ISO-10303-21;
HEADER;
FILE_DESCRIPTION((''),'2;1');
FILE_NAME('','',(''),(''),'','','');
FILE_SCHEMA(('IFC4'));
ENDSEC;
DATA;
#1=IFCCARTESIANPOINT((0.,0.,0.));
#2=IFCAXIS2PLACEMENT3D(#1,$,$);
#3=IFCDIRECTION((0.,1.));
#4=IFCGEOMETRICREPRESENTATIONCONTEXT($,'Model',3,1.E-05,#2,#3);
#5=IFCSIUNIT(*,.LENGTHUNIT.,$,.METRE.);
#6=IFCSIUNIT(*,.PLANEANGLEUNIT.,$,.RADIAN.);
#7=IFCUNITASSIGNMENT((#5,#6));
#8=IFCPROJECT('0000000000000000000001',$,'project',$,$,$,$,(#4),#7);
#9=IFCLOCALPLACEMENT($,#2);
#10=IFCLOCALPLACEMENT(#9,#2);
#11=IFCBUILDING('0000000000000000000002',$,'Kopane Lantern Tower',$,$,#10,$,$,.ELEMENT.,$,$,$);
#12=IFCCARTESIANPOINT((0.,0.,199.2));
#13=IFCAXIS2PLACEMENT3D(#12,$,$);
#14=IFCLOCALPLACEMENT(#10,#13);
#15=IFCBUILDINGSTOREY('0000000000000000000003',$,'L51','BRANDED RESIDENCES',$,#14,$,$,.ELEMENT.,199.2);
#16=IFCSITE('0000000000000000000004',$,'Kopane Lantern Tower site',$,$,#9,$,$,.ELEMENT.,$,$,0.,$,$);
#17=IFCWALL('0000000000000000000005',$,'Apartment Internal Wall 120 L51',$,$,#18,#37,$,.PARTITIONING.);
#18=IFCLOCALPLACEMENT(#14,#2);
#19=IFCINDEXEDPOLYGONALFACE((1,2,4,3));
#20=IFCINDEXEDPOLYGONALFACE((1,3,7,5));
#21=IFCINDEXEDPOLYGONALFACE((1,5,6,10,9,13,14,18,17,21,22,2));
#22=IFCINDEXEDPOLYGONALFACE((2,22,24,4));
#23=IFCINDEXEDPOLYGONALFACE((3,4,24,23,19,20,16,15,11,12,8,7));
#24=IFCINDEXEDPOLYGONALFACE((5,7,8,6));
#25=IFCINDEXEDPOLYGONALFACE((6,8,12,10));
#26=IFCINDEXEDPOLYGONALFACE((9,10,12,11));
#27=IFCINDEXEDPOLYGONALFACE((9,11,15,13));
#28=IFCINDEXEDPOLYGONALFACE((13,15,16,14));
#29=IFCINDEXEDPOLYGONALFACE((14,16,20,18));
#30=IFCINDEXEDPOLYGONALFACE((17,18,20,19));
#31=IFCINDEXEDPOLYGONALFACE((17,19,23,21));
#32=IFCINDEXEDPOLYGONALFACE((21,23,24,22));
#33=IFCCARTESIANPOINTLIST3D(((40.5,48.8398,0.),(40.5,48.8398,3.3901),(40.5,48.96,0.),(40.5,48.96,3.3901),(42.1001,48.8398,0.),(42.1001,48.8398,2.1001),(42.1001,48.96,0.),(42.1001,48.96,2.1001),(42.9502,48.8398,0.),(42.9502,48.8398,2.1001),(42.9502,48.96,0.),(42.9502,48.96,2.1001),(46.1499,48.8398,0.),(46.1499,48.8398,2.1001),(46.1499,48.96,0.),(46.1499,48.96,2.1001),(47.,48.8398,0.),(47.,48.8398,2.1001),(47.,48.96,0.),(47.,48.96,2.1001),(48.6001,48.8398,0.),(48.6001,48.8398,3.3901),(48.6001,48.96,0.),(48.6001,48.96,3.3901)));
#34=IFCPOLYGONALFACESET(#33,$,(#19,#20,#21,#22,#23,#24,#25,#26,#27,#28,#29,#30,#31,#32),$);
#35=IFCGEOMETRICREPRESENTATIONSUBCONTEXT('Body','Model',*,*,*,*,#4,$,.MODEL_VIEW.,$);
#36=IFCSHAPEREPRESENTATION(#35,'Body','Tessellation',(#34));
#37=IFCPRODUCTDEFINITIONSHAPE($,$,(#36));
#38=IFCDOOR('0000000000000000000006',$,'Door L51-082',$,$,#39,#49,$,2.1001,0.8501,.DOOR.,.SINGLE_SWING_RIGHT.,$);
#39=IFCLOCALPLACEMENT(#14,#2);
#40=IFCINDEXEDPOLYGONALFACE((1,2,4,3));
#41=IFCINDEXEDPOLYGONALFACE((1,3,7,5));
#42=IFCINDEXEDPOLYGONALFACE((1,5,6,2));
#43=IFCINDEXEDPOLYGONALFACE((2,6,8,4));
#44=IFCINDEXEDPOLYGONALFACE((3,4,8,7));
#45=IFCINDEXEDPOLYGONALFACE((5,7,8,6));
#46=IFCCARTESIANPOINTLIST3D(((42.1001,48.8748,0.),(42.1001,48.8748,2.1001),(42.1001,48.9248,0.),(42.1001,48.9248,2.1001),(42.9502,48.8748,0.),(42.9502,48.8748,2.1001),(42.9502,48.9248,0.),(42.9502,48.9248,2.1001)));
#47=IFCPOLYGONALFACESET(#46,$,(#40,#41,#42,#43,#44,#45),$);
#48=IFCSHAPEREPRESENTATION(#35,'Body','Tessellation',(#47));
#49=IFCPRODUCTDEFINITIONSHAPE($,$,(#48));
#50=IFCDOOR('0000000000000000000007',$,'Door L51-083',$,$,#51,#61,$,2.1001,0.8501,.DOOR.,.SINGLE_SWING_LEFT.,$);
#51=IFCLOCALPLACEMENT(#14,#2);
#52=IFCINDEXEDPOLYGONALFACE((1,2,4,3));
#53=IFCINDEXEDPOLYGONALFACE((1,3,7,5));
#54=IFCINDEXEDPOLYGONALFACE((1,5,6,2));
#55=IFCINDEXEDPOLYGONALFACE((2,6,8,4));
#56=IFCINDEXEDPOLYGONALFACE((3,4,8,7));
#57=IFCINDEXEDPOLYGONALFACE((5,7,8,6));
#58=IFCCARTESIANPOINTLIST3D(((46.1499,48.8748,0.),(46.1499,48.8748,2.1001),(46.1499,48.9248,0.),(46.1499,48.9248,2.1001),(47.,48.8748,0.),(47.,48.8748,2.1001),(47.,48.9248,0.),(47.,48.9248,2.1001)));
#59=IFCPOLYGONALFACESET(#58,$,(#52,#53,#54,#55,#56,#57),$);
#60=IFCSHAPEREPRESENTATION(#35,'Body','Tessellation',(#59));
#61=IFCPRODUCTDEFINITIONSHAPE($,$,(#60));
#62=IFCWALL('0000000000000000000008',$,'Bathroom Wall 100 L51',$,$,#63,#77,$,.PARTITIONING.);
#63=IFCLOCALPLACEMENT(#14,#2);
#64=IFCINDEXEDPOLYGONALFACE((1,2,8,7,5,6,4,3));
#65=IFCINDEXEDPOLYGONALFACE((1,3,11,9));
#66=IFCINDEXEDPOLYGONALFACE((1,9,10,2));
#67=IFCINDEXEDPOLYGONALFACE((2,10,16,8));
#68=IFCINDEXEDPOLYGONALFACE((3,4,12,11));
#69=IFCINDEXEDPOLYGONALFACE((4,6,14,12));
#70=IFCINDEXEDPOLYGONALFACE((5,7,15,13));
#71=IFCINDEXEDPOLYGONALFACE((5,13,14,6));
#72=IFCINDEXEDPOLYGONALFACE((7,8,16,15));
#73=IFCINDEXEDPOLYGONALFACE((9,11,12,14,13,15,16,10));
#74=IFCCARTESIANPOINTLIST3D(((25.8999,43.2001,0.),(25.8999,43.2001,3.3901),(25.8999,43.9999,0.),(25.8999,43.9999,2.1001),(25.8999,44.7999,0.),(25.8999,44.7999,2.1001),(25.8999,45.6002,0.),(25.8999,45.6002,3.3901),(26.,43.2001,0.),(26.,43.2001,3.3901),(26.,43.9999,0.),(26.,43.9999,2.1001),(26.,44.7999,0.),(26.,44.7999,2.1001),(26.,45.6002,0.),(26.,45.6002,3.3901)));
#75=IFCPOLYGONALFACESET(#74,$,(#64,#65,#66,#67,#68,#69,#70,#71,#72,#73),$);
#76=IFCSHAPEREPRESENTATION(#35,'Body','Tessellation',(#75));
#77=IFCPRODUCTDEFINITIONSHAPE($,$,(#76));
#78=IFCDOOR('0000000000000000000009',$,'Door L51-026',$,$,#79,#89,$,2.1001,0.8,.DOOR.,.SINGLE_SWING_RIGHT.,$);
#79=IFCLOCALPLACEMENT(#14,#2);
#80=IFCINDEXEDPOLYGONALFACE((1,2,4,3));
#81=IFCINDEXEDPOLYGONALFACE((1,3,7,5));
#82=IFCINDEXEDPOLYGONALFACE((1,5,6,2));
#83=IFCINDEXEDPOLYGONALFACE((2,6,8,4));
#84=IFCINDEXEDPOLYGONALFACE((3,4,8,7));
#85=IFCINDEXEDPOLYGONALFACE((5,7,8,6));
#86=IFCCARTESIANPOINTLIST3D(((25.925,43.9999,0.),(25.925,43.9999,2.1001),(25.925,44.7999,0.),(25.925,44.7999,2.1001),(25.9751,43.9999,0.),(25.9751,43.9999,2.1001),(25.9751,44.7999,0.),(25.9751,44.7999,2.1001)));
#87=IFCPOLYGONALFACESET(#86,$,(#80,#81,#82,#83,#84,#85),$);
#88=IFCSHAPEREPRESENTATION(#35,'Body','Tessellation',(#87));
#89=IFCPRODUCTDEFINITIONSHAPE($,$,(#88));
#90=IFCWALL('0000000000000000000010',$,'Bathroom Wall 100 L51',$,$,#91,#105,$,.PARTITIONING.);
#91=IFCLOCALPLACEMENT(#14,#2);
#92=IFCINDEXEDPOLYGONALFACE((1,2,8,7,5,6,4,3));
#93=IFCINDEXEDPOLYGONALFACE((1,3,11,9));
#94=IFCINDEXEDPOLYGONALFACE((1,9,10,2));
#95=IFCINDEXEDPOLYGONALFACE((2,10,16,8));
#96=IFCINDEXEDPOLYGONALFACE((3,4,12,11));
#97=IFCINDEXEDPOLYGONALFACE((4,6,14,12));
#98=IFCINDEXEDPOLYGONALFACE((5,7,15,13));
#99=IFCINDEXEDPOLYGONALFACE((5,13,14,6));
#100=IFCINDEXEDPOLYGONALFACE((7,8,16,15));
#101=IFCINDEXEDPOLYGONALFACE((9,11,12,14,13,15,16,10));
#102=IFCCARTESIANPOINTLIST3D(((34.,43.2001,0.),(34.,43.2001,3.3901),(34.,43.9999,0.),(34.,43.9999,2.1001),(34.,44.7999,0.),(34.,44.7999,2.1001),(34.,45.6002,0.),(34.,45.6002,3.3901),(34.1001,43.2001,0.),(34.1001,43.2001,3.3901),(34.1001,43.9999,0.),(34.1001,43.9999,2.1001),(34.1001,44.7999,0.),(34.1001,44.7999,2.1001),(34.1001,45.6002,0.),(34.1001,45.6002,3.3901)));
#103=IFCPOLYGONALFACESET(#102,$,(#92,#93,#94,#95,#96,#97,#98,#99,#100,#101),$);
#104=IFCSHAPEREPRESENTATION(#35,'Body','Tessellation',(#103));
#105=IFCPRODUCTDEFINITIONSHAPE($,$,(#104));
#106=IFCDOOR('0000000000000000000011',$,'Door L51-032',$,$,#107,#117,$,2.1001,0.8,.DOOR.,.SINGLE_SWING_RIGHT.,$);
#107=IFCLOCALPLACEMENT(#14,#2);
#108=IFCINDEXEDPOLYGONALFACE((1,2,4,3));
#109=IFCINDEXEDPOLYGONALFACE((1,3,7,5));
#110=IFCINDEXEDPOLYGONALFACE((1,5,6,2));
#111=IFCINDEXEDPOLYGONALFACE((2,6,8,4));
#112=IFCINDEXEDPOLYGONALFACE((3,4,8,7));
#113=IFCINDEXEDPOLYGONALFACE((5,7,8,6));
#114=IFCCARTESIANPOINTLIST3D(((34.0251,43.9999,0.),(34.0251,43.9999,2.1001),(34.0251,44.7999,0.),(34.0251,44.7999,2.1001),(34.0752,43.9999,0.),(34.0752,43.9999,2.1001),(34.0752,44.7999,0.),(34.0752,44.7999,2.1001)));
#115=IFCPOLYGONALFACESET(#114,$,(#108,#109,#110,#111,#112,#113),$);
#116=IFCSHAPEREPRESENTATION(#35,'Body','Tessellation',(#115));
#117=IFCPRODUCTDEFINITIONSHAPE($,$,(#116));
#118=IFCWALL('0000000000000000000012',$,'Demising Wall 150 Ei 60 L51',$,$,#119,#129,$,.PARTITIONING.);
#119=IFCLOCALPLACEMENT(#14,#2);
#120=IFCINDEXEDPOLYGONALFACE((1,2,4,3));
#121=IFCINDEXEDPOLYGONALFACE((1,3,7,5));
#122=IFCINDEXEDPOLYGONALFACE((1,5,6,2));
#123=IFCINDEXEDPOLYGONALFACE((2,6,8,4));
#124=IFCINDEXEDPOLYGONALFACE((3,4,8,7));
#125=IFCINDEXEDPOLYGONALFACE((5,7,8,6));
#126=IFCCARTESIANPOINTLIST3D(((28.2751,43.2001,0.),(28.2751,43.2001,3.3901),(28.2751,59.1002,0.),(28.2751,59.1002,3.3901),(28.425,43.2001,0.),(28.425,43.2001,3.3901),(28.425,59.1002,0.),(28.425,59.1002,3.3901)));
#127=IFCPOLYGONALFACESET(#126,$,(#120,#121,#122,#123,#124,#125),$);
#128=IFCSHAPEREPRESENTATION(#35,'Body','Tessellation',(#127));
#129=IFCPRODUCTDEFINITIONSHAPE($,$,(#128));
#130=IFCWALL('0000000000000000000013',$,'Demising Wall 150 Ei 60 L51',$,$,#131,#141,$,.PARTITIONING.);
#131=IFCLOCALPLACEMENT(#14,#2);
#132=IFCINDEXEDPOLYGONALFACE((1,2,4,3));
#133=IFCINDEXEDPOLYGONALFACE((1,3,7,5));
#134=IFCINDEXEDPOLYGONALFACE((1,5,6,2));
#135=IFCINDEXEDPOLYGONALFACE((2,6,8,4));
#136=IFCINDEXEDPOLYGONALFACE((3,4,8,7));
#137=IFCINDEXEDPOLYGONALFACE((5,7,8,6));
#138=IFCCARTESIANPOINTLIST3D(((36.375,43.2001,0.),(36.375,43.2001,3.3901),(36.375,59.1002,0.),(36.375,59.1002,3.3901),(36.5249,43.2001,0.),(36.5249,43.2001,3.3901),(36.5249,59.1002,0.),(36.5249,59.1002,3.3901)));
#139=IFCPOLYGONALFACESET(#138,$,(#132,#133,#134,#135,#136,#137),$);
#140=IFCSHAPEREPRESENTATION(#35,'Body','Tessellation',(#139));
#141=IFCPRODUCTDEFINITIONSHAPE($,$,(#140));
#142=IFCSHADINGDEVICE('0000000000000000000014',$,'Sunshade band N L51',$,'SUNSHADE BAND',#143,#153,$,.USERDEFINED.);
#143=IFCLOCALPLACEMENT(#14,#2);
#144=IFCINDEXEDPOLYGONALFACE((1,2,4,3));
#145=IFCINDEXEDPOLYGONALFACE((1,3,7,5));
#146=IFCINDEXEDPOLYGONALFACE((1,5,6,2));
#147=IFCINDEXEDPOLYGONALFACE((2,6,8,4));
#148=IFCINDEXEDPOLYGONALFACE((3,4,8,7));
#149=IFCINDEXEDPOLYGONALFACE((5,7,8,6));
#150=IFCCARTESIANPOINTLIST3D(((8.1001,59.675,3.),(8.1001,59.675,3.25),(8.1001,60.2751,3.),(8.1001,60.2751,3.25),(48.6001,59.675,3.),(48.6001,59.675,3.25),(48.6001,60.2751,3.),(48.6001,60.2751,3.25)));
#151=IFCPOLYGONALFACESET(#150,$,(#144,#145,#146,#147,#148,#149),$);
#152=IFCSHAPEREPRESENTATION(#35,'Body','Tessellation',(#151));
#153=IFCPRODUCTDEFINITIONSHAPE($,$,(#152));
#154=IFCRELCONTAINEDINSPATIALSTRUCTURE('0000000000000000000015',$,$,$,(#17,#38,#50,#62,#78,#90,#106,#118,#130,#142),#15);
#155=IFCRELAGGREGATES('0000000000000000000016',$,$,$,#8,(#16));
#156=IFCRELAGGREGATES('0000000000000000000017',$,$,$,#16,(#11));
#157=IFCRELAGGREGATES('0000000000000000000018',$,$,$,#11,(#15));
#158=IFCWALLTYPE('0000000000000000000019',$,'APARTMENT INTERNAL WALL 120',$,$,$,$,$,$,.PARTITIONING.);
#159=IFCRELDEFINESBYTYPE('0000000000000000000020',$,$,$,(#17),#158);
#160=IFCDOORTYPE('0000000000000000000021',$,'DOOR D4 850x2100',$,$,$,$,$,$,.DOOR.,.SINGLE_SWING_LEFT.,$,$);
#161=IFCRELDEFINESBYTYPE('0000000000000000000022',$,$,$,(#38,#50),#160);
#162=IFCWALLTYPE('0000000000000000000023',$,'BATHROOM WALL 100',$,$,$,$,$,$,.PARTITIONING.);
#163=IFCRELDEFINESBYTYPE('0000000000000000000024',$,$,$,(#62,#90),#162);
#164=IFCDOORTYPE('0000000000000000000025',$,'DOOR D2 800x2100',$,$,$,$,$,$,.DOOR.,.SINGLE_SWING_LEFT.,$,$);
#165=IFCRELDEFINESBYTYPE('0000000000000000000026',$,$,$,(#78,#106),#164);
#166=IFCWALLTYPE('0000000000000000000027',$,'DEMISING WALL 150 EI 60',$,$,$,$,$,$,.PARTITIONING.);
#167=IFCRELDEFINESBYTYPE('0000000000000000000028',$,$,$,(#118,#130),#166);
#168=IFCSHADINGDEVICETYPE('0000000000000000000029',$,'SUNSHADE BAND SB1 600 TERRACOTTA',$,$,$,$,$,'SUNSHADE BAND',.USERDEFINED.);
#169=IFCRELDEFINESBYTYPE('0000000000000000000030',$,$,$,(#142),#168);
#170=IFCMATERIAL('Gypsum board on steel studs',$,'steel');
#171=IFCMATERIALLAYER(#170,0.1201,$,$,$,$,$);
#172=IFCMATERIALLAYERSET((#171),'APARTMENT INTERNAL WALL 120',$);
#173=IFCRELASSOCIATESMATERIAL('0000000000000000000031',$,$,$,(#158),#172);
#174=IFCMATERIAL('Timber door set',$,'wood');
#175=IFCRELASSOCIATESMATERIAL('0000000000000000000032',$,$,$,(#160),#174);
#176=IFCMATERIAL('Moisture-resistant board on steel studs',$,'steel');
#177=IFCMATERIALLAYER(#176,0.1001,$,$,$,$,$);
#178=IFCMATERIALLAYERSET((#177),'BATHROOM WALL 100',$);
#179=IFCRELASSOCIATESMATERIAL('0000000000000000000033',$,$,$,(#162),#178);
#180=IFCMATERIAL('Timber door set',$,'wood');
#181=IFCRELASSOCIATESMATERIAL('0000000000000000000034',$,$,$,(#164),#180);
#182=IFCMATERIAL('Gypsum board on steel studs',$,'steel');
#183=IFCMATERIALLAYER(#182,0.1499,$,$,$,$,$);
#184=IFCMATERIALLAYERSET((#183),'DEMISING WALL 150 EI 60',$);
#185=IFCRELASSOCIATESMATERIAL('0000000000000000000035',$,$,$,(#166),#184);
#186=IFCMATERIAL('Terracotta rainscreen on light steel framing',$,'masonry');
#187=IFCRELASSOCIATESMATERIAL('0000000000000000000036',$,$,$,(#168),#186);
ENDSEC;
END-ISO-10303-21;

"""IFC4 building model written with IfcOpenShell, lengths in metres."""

from ifc_helpers import new_model, si_unit, direction, frame, frame_2d, origin, origin_2d, place, context, subcontext, project, spatial, rectangle, extrude, material, layer, layer_set, type_object, element, fill, save


model = new_model("IFC4")

# Units and contexts
model_context = context("Model", 3, precision=1e-05, world=origin(), true_north=direction((0.0, 1.0)))
body_context = subcontext(model_context, "Body", "Model", "MODEL_VIEW")
ifc_project = project(units=[si_unit("LENGTHUNIT", "METRE"), si_unit("PLANEANGLEUNIT", "RADIAN")], contexts=[model_context])

# Site, building, storey
site_placement = place(None, origin())
site = spatial("IfcSite", under=ifc_project, at=site_placement, Name="Kopane Lantern Tower site", CompositionType="ELEMENT", RefElevation=0.0)
building_placement = place(site_placement, origin())
building = spatial("IfcBuilding", under=site, at=building_placement, Name="Kopane Lantern Tower", CompositionType="ELEMENT")
storey_placement = place(building_placement, frame((0.0, 0.0, 199.2)))
storey = spatial("IfcBuildingStorey", under=building, at=storey_placement, Name="L51", Description="BRANDED RESIDENCES", CompositionType="ELEMENT", Elevation=199.2)

# Shared definitions
ifc_material_1 = material(Name="Gypsum board on steel studs", Category="steel")
ifc_layer_1 = layer(ifc_material_1, 0.1201)
ifc_layer_set_1 = layer_set([ifc_layer_1], Name="APARTMENT INTERNAL WALL 120")
wall_type_1 = type_object("IfcWallType", Name="APARTMENT INTERNAL WALL 120", PredefinedType="PARTITIONING", material=ifc_layer_set_1)

# Shared definitions
ifc_material_2 = material(Name="Timber door set", Category="wood")
door_type_1 = type_object("IfcDoorType", Name="DOOR D4 850x2100", OperationType="SINGLE_SWING_LEFT", PredefinedType="DOOR", material=ifc_material_2)

# Wall, openings, doors
wall_1_placement = place(storey_placement, frame((40.5, 48.8999, 0.0), z_axis=(0.0, 0.0, 1.0), x_axis=(1.0, 0.0, 0.0)))
wall_1 = element("IfcWall", 1, at=wall_1_placement, inside=storey, type_object=wall_type_1, Name="Apartment Internal Wall 120 L51", PredefinedType="PARTITIONING", context=body_context, shape_type="SweptSolid", body=[
    extrude(rectangle(XDim=8.1001, YDim=0.1201, at=frame_2d((4.05, 0.0))), origin(), (0.0, 0.0, 1.0), 3.3901),
])
opening_1_placement = place(wall_1_placement, frame((1.6001, 0.0, 0.0)))
opening_1 = element("IfcOpeningElement", 2, at=opening_1_placement, cuts=wall_1, PredefinedType="OPENING", context=body_context, shape_type="SweptSolid", body=[
    extrude(rectangle(XDim=0.8501, YDim=2.1001, at=frame_2d((0.425, 1.05))), frame((0.0, 0.0701, 0.0), z_axis=(0.0, -1.0, 0.0), x_axis=(1.0, 0.0, 0.0)), (0.0, 0.0, 1.0), 0.1401),
])
opening_2_placement = place(wall_1_placement, frame((5.6499, 0.0, 0.0)))
opening_2 = element("IfcOpeningElement", 3, at=opening_2_placement, cuts=wall_1, PredefinedType="OPENING", context=body_context, shape_type="SweptSolid", body=[
    extrude(rectangle(XDim=0.8501, YDim=2.1001, at=frame_2d((0.425, 1.05))), frame((0.0, 0.0701, 0.0), z_axis=(0.0, -1.0, 0.0), x_axis=(1.0, 0.0, 0.0)), (0.0, 0.0, 1.0), 0.1401),
])
door_1_placement = place(opening_1_placement, origin())
door_1 = element("IfcDoor", 4, at=door_1_placement, inside=storey, type_object=door_type_1, Name="Door L51-082", OperationType="SINGLE_SWING_RIGHT", OverallHeight=2.1001, OverallWidth=0.8501, PredefinedType="DOOR", context=body_context, shape_type="SweptSolid", body=[
    extrude(rectangle(XDim=0.8501, YDim=2.1001, at=frame_2d((0.425, 1.05))), frame((0.0, 0.0249, 0.0), z_axis=(0.0, -1.0, 0.0), x_axis=(1.0, 0.0, 0.0)), (0.0, 0.0, 1.0), 0.05),
])
fill(opening_1, door_1)
door_2_placement = place(opening_2_placement, origin())
door_2 = element("IfcDoor", 5, at=door_2_placement, inside=storey, type_object=door_type_1, Name="Door L51-083", OperationType="SINGLE_SWING_LEFT", OverallHeight=2.1001, OverallWidth=0.8501, PredefinedType="DOOR", context=body_context, shape_type="SweptSolid", body=[
    extrude(rectangle(XDim=0.8501, YDim=2.1001, at=frame_2d((0.425, 1.05))), frame((0.0, 0.0249, 0.0), z_axis=(0.0, -1.0, 0.0), x_axis=(1.0, 0.0, 0.0)), (0.0, 0.0, 1.0), 0.05),
])
fill(opening_2, door_2)

# Walls, openings, doors
ifc_material_3 = material(Name="Moisture-resistant board on steel studs", Category="steel")
ifc_layer_2 = layer(ifc_material_3, 0.1001)
ifc_layer_set_2 = layer_set([ifc_layer_2], Name="BATHROOM WALL 100")
wall_type_2 = type_object("IfcWallType", Name="BATHROOM WALL 100", PredefinedType="PARTITIONING", material=ifc_layer_set_2)
wall_2_placement = place(storey_placement, frame((25.95, 43.2, 0.0), z_axis=(0.0, 0.0, 1.0), x_axis=(0.0, 1.0, 0.0)))
wall_2 = element("IfcWall", 6, at=wall_2_placement, inside=storey, type_object=wall_type_2, Name="Bathroom Wall 100 L51", PredefinedType="PARTITIONING", context=body_context, shape_type="SweptSolid", body=[
    extrude(rectangle(XDim=2.4001, YDim=0.1001, at=frame_2d((1.2002, 0.0))), origin(), (0.0, 0.0, 1.0), 3.3901),
])
opening_3_placement = place(wall_2_placement, frame((0.8, 0.0, 0.0)))
opening_3 = element("IfcOpeningElement", 7, at=opening_3_placement, cuts=wall_2, PredefinedType="OPENING", context=body_context, shape_type="SweptSolid", body=[
    extrude(rectangle(XDim=0.8, YDim=2.1001, at=frame_2d((0.3999, 1.05))), frame((0.0, 0.0601, 0.0), z_axis=(0.0, -1.0, 0.0), x_axis=(1.0, 0.0, 0.0)), (0.0, 0.0, 1.0), 0.1201),
])
ifc_material_4 = material(Name="Timber door set", Category="wood")
door_type_2 = type_object("IfcDoorType", Name="DOOR D2 800x2100", OperationType="SINGLE_SWING_LEFT", PredefinedType="DOOR", material=ifc_material_4)
door_3_placement = place(opening_3_placement, origin())
door_3 = element("IfcDoor", 8, at=door_3_placement, inside=storey, type_object=door_type_2, Name="Door L51-026", OperationType="SINGLE_SWING_RIGHT", OverallHeight=2.1001, OverallWidth=0.8, PredefinedType="DOOR", context=body_context, shape_type="SweptSolid", body=[
    extrude(rectangle(XDim=0.8, YDim=2.1001, at=frame_2d((0.3999, 1.05))), frame((0.0, 0.0249, 0.0), z_axis=(0.0, -1.0, 0.0), x_axis=(1.0, 0.0, 0.0)), (0.0, 0.0, 1.0), 0.05),
])
fill(opening_3, door_3)
wall_3_placement = place(storey_placement, frame((34.05, 43.2, 0.0), z_axis=(0.0, 0.0, 1.0), x_axis=(0.0, 1.0, 0.0)))
wall_3 = element("IfcWall", 9, at=wall_3_placement, inside=storey, type_object=wall_type_2, Name="Bathroom Wall 100 L51", PredefinedType="PARTITIONING", context=body_context, shape_type="SweptSolid", body=[
    extrude(rectangle(XDim=2.4001, YDim=0.1001, at=frame_2d((1.2002, 0.0))), origin(), (0.0, 0.0, 1.0), 3.3901),
])
opening_4_placement = place(wall_3_placement, frame((0.8, 0.0, 0.0)))
opening_4 = element("IfcOpeningElement", 10, at=opening_4_placement, cuts=wall_3, PredefinedType="OPENING", context=body_context, shape_type="SweptSolid", body=[
    extrude(rectangle(XDim=0.8, YDim=2.1001, at=frame_2d((0.3999, 1.05))), frame((0.0, 0.0601, 0.0), z_axis=(0.0, -1.0, 0.0), x_axis=(1.0, 0.0, 0.0)), (0.0, 0.0, 1.0), 0.1201),
])
door_4_placement = place(opening_4_placement, origin())
door_4 = element("IfcDoor", 11, at=door_4_placement, inside=storey, type_object=door_type_2, Name="Door L51-032", OperationType="SINGLE_SWING_RIGHT", OverallHeight=2.1001, OverallWidth=0.8, PredefinedType="DOOR", context=body_context, shape_type="SweptSolid", body=[
    extrude(rectangle(XDim=0.8, YDim=2.1001, at=frame_2d((0.3999, 1.05))), frame((0.0, 0.0249, 0.0), z_axis=(0.0, -1.0, 0.0), x_axis=(1.0, 0.0, 0.0)), (0.0, 0.0, 1.0), 0.05),
])
fill(opening_4, door_4)

# Walls
ifc_material_5 = material(Name="Gypsum board on steel studs", Category="steel")
ifc_layer_3 = layer(ifc_material_5, 0.1499)
ifc_layer_set_3 = layer_set([ifc_layer_3], Name="DEMISING WALL 150 EI 60")
wall_type_3 = type_object("IfcWallType", Name="DEMISING WALL 150 EI 60", PredefinedType="PARTITIONING", material=ifc_layer_set_3)
for number, where, z_axis, x_axis, name in (
    (12, (28.3501, 43.2, 0.0), (0.0, 0.0, 1.0), (0.0, 1.0, 0.0), "Demising Wall 150 Ei 60 L51"),
    (13, (36.45, 43.2, 0.0), (0.0, 0.0, 1.0), (0.0, 1.0, 0.0), "Demising Wall 150 Ei 60 L51"),
):
    element("IfcWall", number, at=place(storey_placement, frame(where, z_axis=z_axis, x_axis=x_axis)), inside=storey, type_object=wall_type_3, Name=name, PredefinedType="PARTITIONING", context=body_context, shape_type="SweptSolid", body=[
        extrude(rectangle(XDim=15.9001, YDim=0.1499, at=frame_2d((7.9502, 0.0))), origin(), (0.0, 0.0, 1.0), 3.3901),
    ])

# Shading device
ifc_material_6 = material(Name="Terracotta rainscreen on light steel framing", Category="masonry")
shading_device_type = type_object("IfcShadingDeviceType", Name="SUNSHADE BAND SB1 600 TERRACOTTA", ElementType="SUNSHADE BAND", PredefinedType="USERDEFINED", material=ifc_material_6)
shading_device_placement = place(storey_placement, frame((28.3501, 59.9751, 3.0), z_axis=(0.0, 0.0, 1.0), x_axis=(-1.0, 0.0, 0.0)))
element("IfcShadingDevice", 14, at=shading_device_placement, inside=storey, type_object=shading_device_type, Name="Sunshade band N L51", ObjectType="SUNSHADE BAND", PredefinedType="USERDEFINED", context=body_context, shape_type="SweptSolid", body=[
    extrude(rectangle(XDim=40.5, YDim=0.6001, at=origin_2d()), origin(), (0.0, 0.0, 1.0), 0.25),
])

save(model, "model.ifc")
